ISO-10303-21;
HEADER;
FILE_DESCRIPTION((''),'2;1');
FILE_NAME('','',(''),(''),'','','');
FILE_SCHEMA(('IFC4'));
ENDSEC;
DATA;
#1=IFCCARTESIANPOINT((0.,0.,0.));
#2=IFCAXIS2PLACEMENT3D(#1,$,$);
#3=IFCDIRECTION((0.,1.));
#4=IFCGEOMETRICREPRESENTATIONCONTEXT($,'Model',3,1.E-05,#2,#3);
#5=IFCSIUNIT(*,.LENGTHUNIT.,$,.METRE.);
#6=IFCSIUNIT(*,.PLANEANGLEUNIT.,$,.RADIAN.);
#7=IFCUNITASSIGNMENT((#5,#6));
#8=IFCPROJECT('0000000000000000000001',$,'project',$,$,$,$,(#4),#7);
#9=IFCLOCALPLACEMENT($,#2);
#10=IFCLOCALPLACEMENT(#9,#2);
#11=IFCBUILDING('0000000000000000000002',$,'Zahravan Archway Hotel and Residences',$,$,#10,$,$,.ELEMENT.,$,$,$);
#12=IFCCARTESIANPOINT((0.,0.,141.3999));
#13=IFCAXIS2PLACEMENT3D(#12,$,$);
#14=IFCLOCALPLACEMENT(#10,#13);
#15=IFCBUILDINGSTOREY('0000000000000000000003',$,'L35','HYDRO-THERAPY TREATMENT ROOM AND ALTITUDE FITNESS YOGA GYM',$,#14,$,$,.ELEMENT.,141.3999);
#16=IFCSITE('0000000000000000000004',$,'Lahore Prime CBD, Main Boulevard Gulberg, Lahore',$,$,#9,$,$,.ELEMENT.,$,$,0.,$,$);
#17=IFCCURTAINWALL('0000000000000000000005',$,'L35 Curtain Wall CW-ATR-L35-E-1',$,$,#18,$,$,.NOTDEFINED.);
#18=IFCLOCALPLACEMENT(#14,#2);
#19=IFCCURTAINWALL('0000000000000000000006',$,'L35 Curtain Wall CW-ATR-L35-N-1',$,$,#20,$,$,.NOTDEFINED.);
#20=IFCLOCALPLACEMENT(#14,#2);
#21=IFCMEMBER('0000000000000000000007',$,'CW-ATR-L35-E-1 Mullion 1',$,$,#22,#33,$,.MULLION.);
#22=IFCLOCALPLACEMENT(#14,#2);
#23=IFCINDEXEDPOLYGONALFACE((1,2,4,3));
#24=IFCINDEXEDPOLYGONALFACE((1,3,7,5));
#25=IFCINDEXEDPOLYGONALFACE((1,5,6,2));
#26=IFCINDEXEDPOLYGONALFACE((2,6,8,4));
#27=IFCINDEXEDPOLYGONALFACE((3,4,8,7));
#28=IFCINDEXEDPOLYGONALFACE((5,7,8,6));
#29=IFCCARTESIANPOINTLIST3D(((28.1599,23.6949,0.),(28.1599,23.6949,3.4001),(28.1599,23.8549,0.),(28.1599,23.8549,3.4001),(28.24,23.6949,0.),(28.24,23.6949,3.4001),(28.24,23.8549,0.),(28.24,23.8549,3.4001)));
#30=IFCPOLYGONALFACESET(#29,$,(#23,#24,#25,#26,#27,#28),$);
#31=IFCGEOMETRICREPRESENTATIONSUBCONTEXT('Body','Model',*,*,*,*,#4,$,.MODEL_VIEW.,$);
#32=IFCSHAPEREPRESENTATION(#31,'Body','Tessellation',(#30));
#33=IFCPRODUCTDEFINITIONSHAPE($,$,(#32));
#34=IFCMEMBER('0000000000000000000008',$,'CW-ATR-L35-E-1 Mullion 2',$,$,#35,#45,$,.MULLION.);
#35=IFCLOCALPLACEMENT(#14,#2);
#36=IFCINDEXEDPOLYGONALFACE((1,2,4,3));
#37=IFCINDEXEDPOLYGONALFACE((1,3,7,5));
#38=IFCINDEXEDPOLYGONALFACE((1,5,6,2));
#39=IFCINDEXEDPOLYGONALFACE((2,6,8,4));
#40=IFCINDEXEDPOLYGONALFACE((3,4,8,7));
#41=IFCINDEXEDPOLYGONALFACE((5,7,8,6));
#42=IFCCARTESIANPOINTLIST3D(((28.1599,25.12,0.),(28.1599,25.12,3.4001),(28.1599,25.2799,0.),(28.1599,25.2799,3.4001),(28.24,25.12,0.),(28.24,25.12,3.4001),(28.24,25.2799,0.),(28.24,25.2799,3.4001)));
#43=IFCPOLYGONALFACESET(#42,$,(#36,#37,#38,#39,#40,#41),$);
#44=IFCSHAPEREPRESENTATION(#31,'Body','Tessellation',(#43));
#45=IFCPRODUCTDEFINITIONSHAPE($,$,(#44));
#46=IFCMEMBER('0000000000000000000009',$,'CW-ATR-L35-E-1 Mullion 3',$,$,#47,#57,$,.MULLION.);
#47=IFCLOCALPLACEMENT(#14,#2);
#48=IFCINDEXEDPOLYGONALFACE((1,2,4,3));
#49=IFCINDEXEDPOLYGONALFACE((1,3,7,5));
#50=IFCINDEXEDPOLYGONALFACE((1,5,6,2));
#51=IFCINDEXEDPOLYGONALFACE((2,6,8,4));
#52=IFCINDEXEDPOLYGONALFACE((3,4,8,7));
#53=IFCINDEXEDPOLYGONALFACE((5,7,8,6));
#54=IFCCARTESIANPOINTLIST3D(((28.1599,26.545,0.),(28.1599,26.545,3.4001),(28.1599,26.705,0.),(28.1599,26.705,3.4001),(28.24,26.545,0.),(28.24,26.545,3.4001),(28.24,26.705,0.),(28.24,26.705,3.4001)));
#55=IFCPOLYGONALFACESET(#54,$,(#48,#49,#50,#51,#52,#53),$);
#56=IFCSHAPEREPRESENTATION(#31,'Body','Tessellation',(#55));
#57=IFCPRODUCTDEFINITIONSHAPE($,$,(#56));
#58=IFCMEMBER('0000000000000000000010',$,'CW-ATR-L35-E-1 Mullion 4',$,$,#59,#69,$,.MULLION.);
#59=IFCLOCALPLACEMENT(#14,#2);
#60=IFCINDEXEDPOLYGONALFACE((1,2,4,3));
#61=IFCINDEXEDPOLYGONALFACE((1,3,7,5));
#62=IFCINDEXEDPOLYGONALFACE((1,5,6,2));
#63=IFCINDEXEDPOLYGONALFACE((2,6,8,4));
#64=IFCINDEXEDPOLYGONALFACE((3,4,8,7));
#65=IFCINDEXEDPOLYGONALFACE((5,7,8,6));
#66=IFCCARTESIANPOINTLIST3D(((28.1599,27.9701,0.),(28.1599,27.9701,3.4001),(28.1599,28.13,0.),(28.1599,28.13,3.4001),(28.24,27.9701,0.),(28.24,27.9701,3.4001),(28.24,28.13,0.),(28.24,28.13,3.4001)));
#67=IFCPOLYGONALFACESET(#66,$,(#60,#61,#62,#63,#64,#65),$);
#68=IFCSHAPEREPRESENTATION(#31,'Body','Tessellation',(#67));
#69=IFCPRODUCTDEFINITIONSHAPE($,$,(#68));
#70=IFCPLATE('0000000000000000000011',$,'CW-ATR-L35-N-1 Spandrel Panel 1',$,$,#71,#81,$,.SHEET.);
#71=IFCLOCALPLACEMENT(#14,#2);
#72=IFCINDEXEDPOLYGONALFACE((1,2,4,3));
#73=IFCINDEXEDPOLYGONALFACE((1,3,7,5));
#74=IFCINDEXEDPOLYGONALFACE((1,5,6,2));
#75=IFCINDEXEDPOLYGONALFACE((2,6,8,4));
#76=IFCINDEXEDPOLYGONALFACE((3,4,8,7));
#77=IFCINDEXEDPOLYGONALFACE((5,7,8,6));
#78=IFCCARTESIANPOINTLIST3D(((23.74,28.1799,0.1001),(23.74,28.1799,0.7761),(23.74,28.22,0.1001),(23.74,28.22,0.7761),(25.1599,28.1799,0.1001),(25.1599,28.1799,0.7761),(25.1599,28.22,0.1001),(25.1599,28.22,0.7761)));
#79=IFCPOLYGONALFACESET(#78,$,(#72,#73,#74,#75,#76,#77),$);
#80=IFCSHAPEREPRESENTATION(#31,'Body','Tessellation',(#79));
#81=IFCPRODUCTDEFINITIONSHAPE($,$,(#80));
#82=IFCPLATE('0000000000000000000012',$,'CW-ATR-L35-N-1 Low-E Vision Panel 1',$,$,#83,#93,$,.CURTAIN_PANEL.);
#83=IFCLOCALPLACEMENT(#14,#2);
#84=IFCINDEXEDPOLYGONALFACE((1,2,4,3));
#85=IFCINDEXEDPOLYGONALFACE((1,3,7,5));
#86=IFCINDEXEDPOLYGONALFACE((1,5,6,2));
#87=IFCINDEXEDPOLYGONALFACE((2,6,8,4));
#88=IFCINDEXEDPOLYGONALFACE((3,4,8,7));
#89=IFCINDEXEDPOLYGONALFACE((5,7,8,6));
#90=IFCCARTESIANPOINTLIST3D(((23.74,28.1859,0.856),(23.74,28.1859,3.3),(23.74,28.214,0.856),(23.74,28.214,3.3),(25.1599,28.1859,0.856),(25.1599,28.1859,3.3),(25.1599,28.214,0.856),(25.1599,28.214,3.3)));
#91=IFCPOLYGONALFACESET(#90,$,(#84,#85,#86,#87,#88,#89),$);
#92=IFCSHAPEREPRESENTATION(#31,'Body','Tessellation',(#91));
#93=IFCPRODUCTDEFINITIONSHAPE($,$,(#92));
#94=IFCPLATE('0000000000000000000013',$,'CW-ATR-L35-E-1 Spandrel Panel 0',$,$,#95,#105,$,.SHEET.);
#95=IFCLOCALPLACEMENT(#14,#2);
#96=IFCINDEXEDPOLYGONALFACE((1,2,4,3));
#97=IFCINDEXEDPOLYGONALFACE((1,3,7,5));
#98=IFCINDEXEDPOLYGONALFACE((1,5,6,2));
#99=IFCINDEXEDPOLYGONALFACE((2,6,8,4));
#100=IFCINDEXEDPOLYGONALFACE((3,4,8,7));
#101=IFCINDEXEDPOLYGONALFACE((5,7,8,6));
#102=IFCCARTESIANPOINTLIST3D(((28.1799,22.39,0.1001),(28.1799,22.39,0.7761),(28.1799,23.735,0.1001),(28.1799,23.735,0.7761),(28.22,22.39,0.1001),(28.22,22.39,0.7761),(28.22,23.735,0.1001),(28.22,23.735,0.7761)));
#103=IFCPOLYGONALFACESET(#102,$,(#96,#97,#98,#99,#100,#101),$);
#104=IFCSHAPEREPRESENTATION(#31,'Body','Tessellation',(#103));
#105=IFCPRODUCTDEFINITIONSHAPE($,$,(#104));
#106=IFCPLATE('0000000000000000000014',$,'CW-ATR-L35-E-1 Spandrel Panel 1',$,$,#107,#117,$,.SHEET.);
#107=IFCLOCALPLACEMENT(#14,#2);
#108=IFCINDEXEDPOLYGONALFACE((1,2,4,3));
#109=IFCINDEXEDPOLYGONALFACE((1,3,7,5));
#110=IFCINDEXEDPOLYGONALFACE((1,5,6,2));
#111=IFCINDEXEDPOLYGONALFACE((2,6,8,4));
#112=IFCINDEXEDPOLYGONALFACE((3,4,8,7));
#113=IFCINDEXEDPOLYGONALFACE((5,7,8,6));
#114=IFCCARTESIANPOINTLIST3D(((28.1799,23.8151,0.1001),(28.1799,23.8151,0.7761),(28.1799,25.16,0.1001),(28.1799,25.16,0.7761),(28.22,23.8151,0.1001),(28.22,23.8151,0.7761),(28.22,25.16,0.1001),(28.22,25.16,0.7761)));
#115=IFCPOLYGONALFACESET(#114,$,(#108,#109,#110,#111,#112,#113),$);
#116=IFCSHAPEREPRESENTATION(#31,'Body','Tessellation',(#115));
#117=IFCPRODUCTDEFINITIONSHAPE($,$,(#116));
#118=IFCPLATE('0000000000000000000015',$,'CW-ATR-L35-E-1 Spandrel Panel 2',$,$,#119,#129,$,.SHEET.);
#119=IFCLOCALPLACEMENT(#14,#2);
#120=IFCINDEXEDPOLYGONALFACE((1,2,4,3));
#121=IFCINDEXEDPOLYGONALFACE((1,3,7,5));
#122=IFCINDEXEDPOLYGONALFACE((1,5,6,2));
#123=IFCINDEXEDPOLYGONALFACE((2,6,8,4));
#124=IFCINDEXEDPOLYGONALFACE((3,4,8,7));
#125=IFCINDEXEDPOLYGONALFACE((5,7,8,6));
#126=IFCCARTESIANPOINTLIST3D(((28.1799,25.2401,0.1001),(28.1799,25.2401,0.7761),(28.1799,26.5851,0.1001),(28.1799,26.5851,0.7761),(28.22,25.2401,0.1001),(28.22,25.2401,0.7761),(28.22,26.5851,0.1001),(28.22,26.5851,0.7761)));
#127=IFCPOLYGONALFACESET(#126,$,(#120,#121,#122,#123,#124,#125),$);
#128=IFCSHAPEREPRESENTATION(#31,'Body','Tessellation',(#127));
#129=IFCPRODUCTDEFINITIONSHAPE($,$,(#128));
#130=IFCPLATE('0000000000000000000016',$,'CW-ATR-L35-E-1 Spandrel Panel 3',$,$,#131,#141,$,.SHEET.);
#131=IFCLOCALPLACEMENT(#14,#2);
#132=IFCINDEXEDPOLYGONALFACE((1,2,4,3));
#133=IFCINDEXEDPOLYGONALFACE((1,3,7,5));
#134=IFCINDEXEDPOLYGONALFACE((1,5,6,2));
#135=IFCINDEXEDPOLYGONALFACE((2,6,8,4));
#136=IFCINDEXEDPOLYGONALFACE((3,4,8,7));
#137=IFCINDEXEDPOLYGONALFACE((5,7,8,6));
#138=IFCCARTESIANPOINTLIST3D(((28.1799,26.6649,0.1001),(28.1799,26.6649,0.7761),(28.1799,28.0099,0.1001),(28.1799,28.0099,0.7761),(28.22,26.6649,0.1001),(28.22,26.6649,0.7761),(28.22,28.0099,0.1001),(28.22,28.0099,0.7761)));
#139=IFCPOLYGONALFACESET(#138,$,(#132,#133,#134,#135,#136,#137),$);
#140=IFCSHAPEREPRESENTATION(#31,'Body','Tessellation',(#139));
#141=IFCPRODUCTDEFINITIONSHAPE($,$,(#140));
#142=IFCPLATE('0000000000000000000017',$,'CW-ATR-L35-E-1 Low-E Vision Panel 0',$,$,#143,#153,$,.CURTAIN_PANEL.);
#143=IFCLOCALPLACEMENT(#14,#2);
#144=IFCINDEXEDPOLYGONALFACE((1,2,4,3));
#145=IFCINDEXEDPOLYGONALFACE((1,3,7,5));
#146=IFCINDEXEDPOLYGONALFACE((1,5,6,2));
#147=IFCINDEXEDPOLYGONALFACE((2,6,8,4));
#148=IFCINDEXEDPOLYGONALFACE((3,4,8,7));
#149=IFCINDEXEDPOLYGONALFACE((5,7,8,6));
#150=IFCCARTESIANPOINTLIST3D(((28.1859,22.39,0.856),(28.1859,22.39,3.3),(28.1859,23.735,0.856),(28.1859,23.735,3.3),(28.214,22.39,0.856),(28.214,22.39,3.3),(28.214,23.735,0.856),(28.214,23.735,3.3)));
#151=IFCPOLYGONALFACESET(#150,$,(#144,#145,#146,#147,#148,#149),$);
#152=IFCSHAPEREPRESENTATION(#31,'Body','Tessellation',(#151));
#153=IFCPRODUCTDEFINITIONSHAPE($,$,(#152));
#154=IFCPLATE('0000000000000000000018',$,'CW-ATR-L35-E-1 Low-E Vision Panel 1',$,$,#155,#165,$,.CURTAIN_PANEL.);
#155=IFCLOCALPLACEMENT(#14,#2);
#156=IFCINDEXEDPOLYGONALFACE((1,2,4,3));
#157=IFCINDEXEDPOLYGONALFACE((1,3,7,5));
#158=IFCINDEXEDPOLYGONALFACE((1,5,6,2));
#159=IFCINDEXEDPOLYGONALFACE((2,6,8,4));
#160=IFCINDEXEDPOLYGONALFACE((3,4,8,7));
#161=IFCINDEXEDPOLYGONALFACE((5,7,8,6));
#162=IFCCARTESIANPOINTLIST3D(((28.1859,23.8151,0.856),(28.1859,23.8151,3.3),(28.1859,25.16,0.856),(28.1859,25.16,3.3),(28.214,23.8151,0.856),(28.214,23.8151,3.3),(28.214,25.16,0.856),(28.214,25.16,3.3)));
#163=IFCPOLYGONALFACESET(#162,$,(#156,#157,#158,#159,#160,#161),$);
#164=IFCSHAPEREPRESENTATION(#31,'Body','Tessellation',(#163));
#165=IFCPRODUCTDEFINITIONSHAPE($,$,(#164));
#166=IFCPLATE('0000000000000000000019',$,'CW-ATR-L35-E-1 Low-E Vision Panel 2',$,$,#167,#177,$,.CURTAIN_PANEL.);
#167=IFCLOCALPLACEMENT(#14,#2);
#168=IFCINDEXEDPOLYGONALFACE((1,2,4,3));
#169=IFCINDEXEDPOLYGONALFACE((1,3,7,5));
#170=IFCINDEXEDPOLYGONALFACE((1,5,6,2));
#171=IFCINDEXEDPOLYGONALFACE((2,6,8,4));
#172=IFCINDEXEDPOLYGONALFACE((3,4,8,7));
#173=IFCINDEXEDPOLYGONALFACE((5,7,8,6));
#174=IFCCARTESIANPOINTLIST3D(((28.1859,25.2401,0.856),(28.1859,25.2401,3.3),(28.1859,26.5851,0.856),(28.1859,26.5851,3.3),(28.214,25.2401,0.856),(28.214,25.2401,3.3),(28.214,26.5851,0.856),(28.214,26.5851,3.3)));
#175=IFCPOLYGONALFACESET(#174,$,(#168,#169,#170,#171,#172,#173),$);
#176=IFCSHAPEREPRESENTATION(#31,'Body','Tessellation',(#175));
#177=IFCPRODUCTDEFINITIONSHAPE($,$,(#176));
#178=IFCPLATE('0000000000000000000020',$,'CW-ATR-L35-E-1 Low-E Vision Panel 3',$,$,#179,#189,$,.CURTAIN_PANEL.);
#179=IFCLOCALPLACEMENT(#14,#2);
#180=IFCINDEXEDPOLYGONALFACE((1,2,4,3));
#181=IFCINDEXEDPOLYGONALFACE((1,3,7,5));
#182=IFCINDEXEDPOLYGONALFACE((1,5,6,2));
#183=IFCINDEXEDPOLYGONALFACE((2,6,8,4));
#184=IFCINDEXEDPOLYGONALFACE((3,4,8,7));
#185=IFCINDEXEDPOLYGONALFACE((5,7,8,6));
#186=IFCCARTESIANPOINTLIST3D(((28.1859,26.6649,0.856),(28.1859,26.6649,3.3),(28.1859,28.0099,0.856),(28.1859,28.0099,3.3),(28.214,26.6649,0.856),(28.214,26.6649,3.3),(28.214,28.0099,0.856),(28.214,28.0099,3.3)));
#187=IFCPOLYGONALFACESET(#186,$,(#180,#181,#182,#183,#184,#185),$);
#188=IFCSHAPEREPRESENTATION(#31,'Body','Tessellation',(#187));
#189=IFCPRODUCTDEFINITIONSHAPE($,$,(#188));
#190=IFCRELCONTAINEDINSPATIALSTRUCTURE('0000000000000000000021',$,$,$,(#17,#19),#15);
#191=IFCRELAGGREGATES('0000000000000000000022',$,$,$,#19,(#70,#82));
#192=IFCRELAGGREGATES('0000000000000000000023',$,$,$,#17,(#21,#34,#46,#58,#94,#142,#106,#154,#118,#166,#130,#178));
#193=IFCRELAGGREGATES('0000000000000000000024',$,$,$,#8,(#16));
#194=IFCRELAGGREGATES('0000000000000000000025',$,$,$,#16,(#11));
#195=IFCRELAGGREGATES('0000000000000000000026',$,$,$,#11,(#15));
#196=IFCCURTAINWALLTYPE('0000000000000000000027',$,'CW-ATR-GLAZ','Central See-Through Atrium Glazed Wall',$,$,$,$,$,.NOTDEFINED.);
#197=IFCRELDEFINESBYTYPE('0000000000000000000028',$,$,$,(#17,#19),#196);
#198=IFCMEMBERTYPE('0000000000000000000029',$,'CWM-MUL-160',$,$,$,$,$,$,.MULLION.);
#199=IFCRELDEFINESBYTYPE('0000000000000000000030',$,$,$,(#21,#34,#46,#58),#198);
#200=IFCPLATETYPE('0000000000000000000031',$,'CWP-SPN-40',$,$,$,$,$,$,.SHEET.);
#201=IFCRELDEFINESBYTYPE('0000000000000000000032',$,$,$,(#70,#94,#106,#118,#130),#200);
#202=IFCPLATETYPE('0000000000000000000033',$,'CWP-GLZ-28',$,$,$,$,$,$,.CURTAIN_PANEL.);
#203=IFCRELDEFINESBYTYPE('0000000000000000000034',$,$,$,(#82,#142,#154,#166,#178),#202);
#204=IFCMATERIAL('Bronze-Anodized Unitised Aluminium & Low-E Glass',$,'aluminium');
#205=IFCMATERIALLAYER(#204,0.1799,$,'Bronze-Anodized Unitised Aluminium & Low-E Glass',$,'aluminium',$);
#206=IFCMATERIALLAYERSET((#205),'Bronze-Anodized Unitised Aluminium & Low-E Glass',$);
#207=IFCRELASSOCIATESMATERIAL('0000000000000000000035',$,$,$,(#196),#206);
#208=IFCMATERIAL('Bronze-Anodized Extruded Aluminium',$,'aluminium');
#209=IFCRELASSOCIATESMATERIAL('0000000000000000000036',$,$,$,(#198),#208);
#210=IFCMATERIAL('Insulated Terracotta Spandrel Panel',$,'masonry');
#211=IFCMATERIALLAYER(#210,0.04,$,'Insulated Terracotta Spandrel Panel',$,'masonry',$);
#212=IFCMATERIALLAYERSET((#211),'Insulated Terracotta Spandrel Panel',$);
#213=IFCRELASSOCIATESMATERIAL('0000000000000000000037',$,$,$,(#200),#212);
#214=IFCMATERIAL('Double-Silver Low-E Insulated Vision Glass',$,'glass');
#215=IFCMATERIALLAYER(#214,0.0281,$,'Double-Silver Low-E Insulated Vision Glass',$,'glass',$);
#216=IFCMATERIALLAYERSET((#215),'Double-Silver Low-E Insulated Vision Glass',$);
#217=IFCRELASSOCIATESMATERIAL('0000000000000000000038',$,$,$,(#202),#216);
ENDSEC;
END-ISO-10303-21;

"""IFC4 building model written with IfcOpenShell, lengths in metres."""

from ifc_helpers import new_model, si_unit, direction, frame, origin, origin_2d, place, context, subcontext, project, spatial, rectangle, extrude, source, transform, mapped, material, layer, layer_set, material_profile, profile_set, type_object, element, aggregate, save


model = new_model("IFC4")

# Units and contexts
model_context = context("Model", 3, precision=1e-05, world=origin(), true_north=direction((0.0, 1.0)))
body_context = subcontext(model_context, "Body", "Model", "MODEL_VIEW")
ifc_project = project(units=[si_unit("LENGTHUNIT", "METRE"), si_unit("PLANEANGLEUNIT", "RADIAN")], contexts=[model_context])

# Site, building, storey
site_placement = place(None, origin())
site = spatial("IfcSite", under=ifc_project, at=site_placement, Name="Lahore Prime CBD, Main Boulevard Gulberg, Lahore", CompositionType="ELEMENT", RefElevation=0.0)
building_placement = place(site_placement, origin())
building = spatial("IfcBuilding", under=site, at=building_placement, Name="Zahravan Archway Hotel and Residences", CompositionType="ELEMENT")
storey_placement = place(building_placement, frame((0.0, 0.0, 141.3999)))
storey = spatial("IfcBuildingStorey", under=building, at=storey_placement, Name="L35", Description="HYDRO-THERAPY TREATMENT ROOM AND ALTITUDE FITNESS YOGA GYM", CompositionType="ELEMENT", Elevation=141.3999)

# Curtain wall
ifc_material_1 = material(Name="Bronze-Anodized Unitised Aluminium & Low-E Glass", Category="aluminium")
ifc_layer_1 = layer(ifc_material_1, 0.1799, Name="Bronze-Anodized Unitised Aluminium & Low-E Glass", Category="aluminium")
ifc_layer_set_1 = layer_set([ifc_layer_1], Name="Bronze-Anodized Unitised Aluminium & Low-E Glass")
curtain_wall_type = type_object("IfcCurtainWallType", Name="CW-ATR-GLAZ", Description="Central See-Through Atrium Glazed Wall", PredefinedType="NOTDEFINED", material=ifc_layer_set_1)
curtain_wall_1_placement = place(storey_placement, origin())
curtain_wall_1 = element("IfcCurtainWall", 1, at=curtain_wall_1_placement, inside=storey, type_object=curtain_wall_type, Name="L35 Curtain Wall CW-ATR-L35-E-1", PredefinedType="NOTDEFINED")
ifc_material_2 = material(Name="Bronze-Anodized Extruded Aluminium", Category="aluminium")

# Curtain wall
curtain_wall_2_placement = place(storey_placement, origin())
curtain_wall_2 = element("IfcCurtainWall", 2, at=curtain_wall_2_placement, inside=storey, type_object=curtain_wall_type, Name="L35 Curtain Wall CW-ATR-L35-N-1", PredefinedType="NOTDEFINED")
ifc_material_profile_1 = material_profile(ifc_material_2, rectangle(XDim=0.0801, YDim=0.1599, at=origin_2d()), Name="MUL 80x160", Category="aluminium")
ifc_profile_set_1 = profile_set([ifc_material_profile_1], Name="Bronze-Anodized Extruded Aluminium")
member_type_1 = type_object("IfcMemberType", Name="CWM-MUL-160", PredefinedType="MULLION", material=ifc_profile_set_1)
shared_shape_1 = source(origin(), body_context, "Body", "SweptSolid", [
    extrude(rectangle(XDim=0.0801, YDim=0.1599, at=origin_2d()), origin(), (0.0, 0.0, 1.0), 3.4001),
])

# Members
member_1_placement = place(storey_placement, frame((28.2, 23.7749, 0.0), z_axis=(0.0, 0.0, 1.0), x_axis=(1.0, 0.0, 0.0)))
member_1 = element("IfcMember", 3, at=member_1_placement, type_object=member_type_1, Name="CW-ATR-L35-E-1 Mullion 1", PredefinedType="MULLION", context=body_context, shape_type="MappedRepresentation", body=[
    mapped(shared_shape_1, transform((0.0, 0.0, 0.0), scale=1.0)),
])
member_2_placement = place(storey_placement, frame((28.2, 25.2, 0.0), z_axis=(0.0, 0.0, 1.0), x_axis=(1.0, 0.0, 0.0)))
member_2 = element("IfcMember", 4, at=member_2_placement, type_object=member_type_1, Name="CW-ATR-L35-E-1 Mullion 2", PredefinedType="MULLION", context=body_context, shape_type="MappedRepresentation", body=[
    mapped(shared_shape_1, transform((0.0, 0.0, 0.0), scale=1.0)),
])
member_3_placement = place(storey_placement, frame((28.2, 26.625, 0.0), z_axis=(0.0, 0.0, 1.0), x_axis=(1.0, 0.0, 0.0)))
member_3 = element("IfcMember", 5, at=member_3_placement, type_object=member_type_1, Name="CW-ATR-L35-E-1 Mullion 3", PredefinedType="MULLION", context=body_context, shape_type="MappedRepresentation", body=[
    mapped(shared_shape_1, transform((0.0, 0.0, 0.0), scale=1.0)),
])
member_4_placement = place(storey_placement, frame((28.2, 28.05, 0.0), z_axis=(0.0, 0.0, 1.0), x_axis=(1.0, 0.0, 0.0)))
member_4 = element("IfcMember", 6, at=member_4_placement, type_object=member_type_1, Name="CW-ATR-L35-E-1 Mullion 4", PredefinedType="MULLION", context=body_context, shape_type="MappedRepresentation", body=[
    mapped(shared_shape_1, transform((0.0, 0.0, 0.0), scale=1.0)),
])

# Plates
ifc_material_3 = material(Name="Insulated Terracotta Spandrel Panel", Category="masonry")
ifc_layer_2 = layer(ifc_material_3, 0.04, Name="Insulated Terracotta Spandrel Panel", Category="masonry")
ifc_layer_set_2 = layer_set([ifc_layer_2], Name="Insulated Terracotta Spandrel Panel")
plate_type_1 = type_object("IfcPlateType", Name="CWP-SPN-40", PredefinedType="SHEET", material=ifc_layer_set_2)
shared_shape_2 = source(origin(), body_context, "Body", "SweptSolid", [
    extrude(rectangle(XDim=1.4199, YDim=0.04, at=origin_2d()), origin(), (0.0, 0.0, 1.0), 0.676),
])
plate_1_placement = place(storey_placement, frame((24.45, 28.2, 0.1001), z_axis=(0.0, 0.0, 1.0), x_axis=(1.0, 0.0, 0.0)))
plate_1 = element("IfcPlate", 7, at=plate_1_placement, type_object=plate_type_1, Name="CW-ATR-L35-N-1 Spandrel Panel 1", PredefinedType="SHEET", context=body_context, shape_type="MappedRepresentation", body=[
    mapped(shared_shape_2, transform((0.0, 0.0, 0.0), scale=1.0)),
])
ifc_material_4 = material(Name="Double-Silver Low-E Insulated Vision Glass", Category="glass")
ifc_layer_3 = layer(ifc_material_4, 0.0281, Name="Double-Silver Low-E Insulated Vision Glass", Category="glass")
ifc_layer_set_3 = layer_set([ifc_layer_3], Name="Double-Silver Low-E Insulated Vision Glass")
plate_type_2 = type_object("IfcPlateType", Name="CWP-GLZ-28", PredefinedType="CURTAIN_PANEL", material=ifc_layer_set_3)
shared_shape_3 = source(origin(), body_context, "Body", "SweptSolid", [
    extrude(rectangle(XDim=1.4199, YDim=0.0281, at=origin_2d()), origin(), (0.0, 0.0, 1.0), 2.4441),
])
plate_2_placement = place(storey_placement, frame((24.45, 28.2, 0.856), z_axis=(0.0, 0.0, 1.0), x_axis=(1.0, 0.0, 0.0)))
plate_2 = element("IfcPlate", 8, at=plate_2_placement, type_object=plate_type_2, Name="CW-ATR-L35-N-1 Low-E Vision Panel 1", PredefinedType="CURTAIN_PANEL", context=body_context, shape_type="MappedRepresentation", body=[
    mapped(shared_shape_3, transform((0.0, 0.0, 0.0), scale=1.0)),
])
aggregate(curtain_wall_2, [plate_1, plate_2])
shared_shape_4 = source(origin(), body_context, "Body", "SweptSolid", [
    extrude(rectangle(XDim=1.345, YDim=0.04, at=origin_2d()), origin(), (0.0, 0.0, 1.0), 0.676),
])
plate_3_placement = place(storey_placement, frame((28.2, 23.0625, 0.1001), z_axis=(0.0, 0.0, 1.0), x_axis=(0.0, 1.0, 0.0)))
plate_3 = element("IfcPlate", 9, at=plate_3_placement, type_object=plate_type_1, Name="CW-ATR-L35-E-1 Spandrel Panel 0", PredefinedType="SHEET", context=body_context, shape_type="MappedRepresentation", body=[
    mapped(shared_shape_4, transform((0.0, 0.0, 0.0), scale=1.0)),
])
plate_4_placement = place(storey_placement, frame((28.2, 24.4875, 0.1001), z_axis=(0.0, 0.0, 1.0), x_axis=(0.0, 1.0, 0.0)))
plate_4 = element("IfcPlate", 10, at=plate_4_placement, type_object=plate_type_1, Name="CW-ATR-L35-E-1 Spandrel Panel 1", PredefinedType="SHEET", context=body_context, shape_type="MappedRepresentation", body=[
    mapped(shared_shape_4, transform((0.0, 0.0, 0.0), scale=1.0)),
])
plate_5_placement = place(storey_placement, frame((28.2, 25.9126, 0.1001), z_axis=(0.0, 0.0, 1.0), x_axis=(0.0, 1.0, 0.0)))
plate_5 = element("IfcPlate", 11, at=plate_5_placement, type_object=plate_type_1, Name="CW-ATR-L35-E-1 Spandrel Panel 2", PredefinedType="SHEET", context=body_context, shape_type="MappedRepresentation", body=[
    mapped(shared_shape_4, transform((0.0, 0.0, 0.0), scale=1.0)),
])
plate_6_placement = place(storey_placement, frame((28.2, 27.3374, 0.1001), z_axis=(0.0, 0.0, 1.0), x_axis=(0.0, 1.0, 0.0)))
plate_6 = element("IfcPlate", 12, at=plate_6_placement, type_object=plate_type_1, Name="CW-ATR-L35-E-1 Spandrel Panel 3", PredefinedType="SHEET", context=body_context, shape_type="MappedRepresentation", body=[
    mapped(shared_shape_4, transform((0.0, 0.0, 0.0), scale=1.0)),
])
shared_shape_5 = source(origin(), body_context, "Body", "SweptSolid", [
    extrude(rectangle(XDim=1.345, YDim=0.0281, at=origin_2d()), origin(), (0.0, 0.0, 1.0), 2.4441),
])
plate_7_placement = place(storey_placement, frame((28.2, 23.0625, 0.856), z_axis=(0.0, 0.0, 1.0), x_axis=(0.0, 1.0, 0.0)))
plate_7 = element("IfcPlate", 13, at=plate_7_placement, type_object=plate_type_2, Name="CW-ATR-L35-E-1 Low-E Vision Panel 0", PredefinedType="CURTAIN_PANEL", context=body_context, shape_type="MappedRepresentation", body=[
    mapped(shared_shape_5, transform((0.0, 0.0, 0.0), scale=1.0)),
])
plate_8_placement = place(storey_placement, frame((28.2, 24.4875, 0.856), z_axis=(0.0, 0.0, 1.0), x_axis=(0.0, 1.0, 0.0)))
plate_8 = element("IfcPlate", 14, at=plate_8_placement, type_object=plate_type_2, Name="CW-ATR-L35-E-1 Low-E Vision Panel 1", PredefinedType="CURTAIN_PANEL", context=body_context, shape_type="MappedRepresentation", body=[
    mapped(shared_shape_5, transform((0.0, 0.0, 0.0), scale=1.0)),
])
plate_9_placement = place(storey_placement, frame((28.2, 25.9126, 0.856), z_axis=(0.0, 0.0, 1.0), x_axis=(0.0, 1.0, 0.0)))
plate_9 = element("IfcPlate", 15, at=plate_9_placement, type_object=plate_type_2, Name="CW-ATR-L35-E-1 Low-E Vision Panel 2", PredefinedType="CURTAIN_PANEL", context=body_context, shape_type="MappedRepresentation", body=[
    mapped(shared_shape_5, transform((0.0, 0.0, 0.0), scale=1.0)),
])
plate_10_placement = place(storey_placement, frame((28.2, 27.3374, 0.856), z_axis=(0.0, 0.0, 1.0), x_axis=(0.0, 1.0, 0.0)))
plate_10 = element("IfcPlate", 16, at=plate_10_placement, type_object=plate_type_2, Name="CW-ATR-L35-E-1 Low-E Vision Panel 3", PredefinedType="CURTAIN_PANEL", context=body_context, shape_type="MappedRepresentation", body=[
    mapped(shared_shape_5, transform((0.0, 0.0, 0.0), scale=1.0)),
])
aggregate(curtain_wall_1, [member_1, member_2, member_3, member_4, plate_3, plate_7, plate_4, plate_8, plate_5, plate_9, plate_6, plate_10])

save(model, "model.ifc")
